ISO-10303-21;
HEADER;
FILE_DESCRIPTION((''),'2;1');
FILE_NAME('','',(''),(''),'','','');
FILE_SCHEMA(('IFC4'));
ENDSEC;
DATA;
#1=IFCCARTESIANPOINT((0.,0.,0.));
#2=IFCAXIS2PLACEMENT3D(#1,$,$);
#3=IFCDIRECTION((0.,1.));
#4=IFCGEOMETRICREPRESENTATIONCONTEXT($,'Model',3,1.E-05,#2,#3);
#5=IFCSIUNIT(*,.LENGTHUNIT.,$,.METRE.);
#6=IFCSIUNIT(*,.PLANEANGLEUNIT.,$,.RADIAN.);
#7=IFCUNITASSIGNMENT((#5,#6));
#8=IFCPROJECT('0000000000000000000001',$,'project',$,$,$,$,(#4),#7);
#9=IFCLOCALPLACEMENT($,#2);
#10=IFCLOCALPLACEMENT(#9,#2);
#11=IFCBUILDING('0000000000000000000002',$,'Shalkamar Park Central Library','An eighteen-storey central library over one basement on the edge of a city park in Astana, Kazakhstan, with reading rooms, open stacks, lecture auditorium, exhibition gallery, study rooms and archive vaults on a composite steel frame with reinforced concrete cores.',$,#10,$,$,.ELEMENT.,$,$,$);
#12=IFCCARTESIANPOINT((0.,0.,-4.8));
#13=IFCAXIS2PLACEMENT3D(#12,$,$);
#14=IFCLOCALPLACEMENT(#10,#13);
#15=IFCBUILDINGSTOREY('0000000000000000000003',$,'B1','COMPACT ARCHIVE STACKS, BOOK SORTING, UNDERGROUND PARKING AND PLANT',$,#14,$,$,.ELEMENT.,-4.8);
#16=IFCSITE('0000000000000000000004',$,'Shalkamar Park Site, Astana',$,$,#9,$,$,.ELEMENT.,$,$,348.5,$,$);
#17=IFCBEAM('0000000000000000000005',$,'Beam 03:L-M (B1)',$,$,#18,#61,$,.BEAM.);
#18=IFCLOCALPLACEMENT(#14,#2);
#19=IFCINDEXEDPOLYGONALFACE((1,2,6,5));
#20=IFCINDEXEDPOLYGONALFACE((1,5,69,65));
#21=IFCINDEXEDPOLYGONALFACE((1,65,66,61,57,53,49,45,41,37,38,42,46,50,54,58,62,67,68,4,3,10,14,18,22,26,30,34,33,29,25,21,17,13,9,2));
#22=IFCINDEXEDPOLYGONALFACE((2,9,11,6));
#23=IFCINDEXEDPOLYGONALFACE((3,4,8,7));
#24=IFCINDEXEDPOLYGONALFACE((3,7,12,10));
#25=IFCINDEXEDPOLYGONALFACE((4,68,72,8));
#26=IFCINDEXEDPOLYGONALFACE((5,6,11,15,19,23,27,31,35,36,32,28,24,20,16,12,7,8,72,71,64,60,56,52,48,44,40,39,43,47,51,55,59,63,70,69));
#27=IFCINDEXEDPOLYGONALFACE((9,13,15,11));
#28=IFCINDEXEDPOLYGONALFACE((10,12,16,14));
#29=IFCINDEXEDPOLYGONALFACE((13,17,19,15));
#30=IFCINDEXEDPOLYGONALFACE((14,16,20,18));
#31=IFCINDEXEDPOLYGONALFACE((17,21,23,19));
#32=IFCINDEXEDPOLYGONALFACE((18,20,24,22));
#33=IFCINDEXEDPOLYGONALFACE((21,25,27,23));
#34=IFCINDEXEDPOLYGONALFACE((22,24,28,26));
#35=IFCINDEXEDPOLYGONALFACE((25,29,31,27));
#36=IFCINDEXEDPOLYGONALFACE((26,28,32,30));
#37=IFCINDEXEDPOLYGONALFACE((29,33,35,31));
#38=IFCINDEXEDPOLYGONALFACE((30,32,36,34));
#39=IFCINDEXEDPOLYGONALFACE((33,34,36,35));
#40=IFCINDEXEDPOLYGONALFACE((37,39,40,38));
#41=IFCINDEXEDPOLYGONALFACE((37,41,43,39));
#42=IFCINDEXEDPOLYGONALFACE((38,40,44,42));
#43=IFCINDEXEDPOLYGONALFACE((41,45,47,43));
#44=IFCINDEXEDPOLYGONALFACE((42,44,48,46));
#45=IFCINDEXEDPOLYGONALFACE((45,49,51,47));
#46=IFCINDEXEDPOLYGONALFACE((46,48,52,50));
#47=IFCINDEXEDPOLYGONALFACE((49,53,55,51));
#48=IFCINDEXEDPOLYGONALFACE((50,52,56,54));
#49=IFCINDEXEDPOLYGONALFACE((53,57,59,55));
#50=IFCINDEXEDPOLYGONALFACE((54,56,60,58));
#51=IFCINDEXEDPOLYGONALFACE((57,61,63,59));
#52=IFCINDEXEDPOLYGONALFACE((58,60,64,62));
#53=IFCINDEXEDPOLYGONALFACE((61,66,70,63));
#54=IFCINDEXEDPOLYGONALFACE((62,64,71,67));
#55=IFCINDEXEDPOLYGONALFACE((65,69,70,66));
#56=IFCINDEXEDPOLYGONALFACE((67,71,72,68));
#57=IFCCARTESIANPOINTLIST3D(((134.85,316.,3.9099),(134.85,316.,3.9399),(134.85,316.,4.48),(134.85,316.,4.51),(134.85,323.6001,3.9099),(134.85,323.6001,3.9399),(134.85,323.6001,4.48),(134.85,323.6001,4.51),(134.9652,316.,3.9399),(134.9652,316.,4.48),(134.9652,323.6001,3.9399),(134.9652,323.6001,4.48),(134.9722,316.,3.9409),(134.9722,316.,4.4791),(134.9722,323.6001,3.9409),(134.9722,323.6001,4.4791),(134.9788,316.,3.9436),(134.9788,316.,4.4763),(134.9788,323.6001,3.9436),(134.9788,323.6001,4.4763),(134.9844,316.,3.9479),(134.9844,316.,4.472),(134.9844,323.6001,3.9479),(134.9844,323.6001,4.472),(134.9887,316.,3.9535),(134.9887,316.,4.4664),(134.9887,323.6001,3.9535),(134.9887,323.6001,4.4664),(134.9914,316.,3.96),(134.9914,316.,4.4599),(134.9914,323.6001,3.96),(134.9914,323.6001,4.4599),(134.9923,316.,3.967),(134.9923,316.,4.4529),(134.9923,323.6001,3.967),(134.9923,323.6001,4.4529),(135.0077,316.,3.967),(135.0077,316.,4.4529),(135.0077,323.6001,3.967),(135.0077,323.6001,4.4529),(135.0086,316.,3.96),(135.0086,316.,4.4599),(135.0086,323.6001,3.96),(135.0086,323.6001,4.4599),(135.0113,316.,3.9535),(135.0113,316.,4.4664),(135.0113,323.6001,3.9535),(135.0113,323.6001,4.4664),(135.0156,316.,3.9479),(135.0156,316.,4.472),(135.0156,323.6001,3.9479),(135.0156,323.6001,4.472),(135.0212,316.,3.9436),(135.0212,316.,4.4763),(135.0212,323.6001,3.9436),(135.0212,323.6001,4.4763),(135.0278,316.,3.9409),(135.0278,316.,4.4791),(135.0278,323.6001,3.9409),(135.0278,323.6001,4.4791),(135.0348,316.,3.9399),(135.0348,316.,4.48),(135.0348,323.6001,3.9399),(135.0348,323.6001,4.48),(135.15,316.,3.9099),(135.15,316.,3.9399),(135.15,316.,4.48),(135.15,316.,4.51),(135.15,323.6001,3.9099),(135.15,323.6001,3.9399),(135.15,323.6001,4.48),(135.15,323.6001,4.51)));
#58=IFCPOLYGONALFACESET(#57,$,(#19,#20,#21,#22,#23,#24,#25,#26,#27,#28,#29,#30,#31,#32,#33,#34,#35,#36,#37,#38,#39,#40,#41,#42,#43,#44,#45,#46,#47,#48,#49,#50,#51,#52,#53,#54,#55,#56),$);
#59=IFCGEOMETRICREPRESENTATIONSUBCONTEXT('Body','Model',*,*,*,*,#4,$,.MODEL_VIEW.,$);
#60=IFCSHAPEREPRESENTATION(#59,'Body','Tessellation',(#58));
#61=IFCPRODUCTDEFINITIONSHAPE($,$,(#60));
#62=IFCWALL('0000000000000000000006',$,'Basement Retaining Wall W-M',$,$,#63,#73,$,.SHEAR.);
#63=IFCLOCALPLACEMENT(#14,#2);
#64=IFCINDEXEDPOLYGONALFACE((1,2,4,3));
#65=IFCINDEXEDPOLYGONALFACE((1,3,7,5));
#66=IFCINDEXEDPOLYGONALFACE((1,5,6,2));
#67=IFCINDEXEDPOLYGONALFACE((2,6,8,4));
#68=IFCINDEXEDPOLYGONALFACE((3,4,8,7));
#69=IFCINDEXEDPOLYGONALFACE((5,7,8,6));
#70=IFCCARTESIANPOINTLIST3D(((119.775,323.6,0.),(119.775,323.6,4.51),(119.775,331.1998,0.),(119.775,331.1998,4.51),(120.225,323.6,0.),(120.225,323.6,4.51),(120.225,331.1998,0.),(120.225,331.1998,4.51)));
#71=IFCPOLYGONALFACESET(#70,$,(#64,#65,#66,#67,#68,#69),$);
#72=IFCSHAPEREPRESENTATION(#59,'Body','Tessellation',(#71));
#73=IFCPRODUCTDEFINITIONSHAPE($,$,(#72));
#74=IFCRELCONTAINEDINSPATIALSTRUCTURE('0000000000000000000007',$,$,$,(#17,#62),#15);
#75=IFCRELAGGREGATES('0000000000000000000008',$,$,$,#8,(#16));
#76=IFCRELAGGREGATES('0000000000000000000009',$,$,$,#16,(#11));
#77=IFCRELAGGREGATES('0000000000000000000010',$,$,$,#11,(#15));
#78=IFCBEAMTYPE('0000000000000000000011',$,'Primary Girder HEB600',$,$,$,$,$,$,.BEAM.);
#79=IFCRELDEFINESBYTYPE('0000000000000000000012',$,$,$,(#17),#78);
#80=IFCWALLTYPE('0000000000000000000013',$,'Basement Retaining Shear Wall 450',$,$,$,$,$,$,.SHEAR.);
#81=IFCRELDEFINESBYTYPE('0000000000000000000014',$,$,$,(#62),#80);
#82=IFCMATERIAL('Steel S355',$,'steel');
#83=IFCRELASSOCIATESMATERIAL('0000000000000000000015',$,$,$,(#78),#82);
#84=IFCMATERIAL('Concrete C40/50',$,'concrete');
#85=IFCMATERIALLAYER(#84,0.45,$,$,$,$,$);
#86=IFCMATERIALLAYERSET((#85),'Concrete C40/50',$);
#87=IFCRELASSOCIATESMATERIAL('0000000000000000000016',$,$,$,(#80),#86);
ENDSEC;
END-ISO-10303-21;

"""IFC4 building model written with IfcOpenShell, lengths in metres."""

from ifc_helpers import new_model, si_unit, direction, frame, frame_2d, origin, origin_2d, place, context, subcontext, project, spatial, rectangle, i_section, extrude, material, layer, layer_set, material_profile, profile_set, type_object, element, save


model = new_model("IFC4")

# Units and contexts
model_context = context("Model", 3, precision=1e-05, world=origin(), true_north=direction((0.0, 1.0)))
body_context = subcontext(model_context, "Body", "Model", "MODEL_VIEW")
ifc_project = project(units=[si_unit("LENGTHUNIT", "METRE"), si_unit("PLANEANGLEUNIT", "RADIAN")], contexts=[model_context])

# Site, building, storey
site_placement = place(None, origin())
site = spatial("IfcSite", under=ifc_project, at=site_placement, Name="Shalkamar Park Site, Astana", CompositionType="ELEMENT", RefElevation=348.5)
building_placement = place(site_placement, origin())
building = spatial("IfcBuilding", under=site, at=building_placement, Name="Shalkamar Park Central Library", Description="An eighteen-storey central library over one basement on the edge of a city park in Astana, Kazakhstan, with reading rooms, open stacks, lecture auditorium, exhibition gallery, study rooms and archive vaults on a composite steel frame with reinforced concrete cores.", CompositionType="ELEMENT")
storey_placement = place(building_placement, frame((0.0, 0.0, -4.8)))
storey = spatial("IfcBuildingStorey", under=building, at=storey_placement, Name="B1", Description="COMPACT ARCHIVE STACKS, BOOK SORTING, UNDERGROUND PARKING AND PLANT", CompositionType="ELEMENT", Elevation=-4.8)

# Shared definitions
ifc_material_1 = material(Name="Concrete C40/50", Category="concrete")
ifc_material_2 = material(Name="Steel S355", Category="steel")

# Beam
ifc_material_profile_1 = material_profile(ifc_material_2, i_section(OverallWidth=0.3, OverallDepth=0.6001, WebThickness=0.0154, FlangeThickness=0.03, FilletRadius=0.0271, at=origin_2d()), Name="HEB 600")
ifc_profile_set_1 = profile_set([ifc_material_profile_1], Name="Steel S355")
beam_type = type_object("IfcBeamType", Name="Primary Girder HEB600", PredefinedType="BEAM", material=ifc_profile_set_1)
for number, where, z_axis, x_axis, name in (
    (1, (135.0, 316.0, 4.21), (0.0, 1.0, 0.0), (-1.0, 0.0, 0.0), "Beam 03:L-M (B1)"),
):
    element("IfcBeam", number, at=place(storey_placement, frame(where, z_axis=z_axis, x_axis=x_axis)), inside=storey, type_object=beam_type, Name=name, PredefinedType="BEAM", context=body_context, shape_type="SweptSolid", body=[
        extrude(i_section(OverallWidth=0.3, OverallDepth=0.6001, WebThickness=0.0154, FlangeThickness=0.03, FilletRadius=0.0271, at=origin_2d()), origin(), (0.0, 0.0, 1.0), 7.6001),
    ])

# Wall
ifc_layer = layer(ifc_material_1, 0.45)
ifc_layer_set = layer_set([ifc_layer], Name="Concrete C40/50")
wall_type = type_object("IfcWallType", Name="Basement Retaining Shear Wall 450", PredefinedType="SHEAR", material=ifc_layer_set)
wall_placement = place(storey_placement, frame((120.0, 323.6001, 0.0), z_axis=(0.0, 0.0, 1.0), x_axis=(0.0, 1.0, 0.0)))
element("IfcWall", 2, at=wall_placement, inside=storey, type_object=wall_type, Name="Basement Retaining Wall W-M", PredefinedType="SHEAR", context=body_context, shape_type="SweptSolid", body=[
    extrude(rectangle(XDim=7.5999, YDim=0.45, at=frame_2d((3.7998, 0.0))), origin(), (0.0, 0.0, 1.0), 4.51),
])

save(model, "model.ifc")
